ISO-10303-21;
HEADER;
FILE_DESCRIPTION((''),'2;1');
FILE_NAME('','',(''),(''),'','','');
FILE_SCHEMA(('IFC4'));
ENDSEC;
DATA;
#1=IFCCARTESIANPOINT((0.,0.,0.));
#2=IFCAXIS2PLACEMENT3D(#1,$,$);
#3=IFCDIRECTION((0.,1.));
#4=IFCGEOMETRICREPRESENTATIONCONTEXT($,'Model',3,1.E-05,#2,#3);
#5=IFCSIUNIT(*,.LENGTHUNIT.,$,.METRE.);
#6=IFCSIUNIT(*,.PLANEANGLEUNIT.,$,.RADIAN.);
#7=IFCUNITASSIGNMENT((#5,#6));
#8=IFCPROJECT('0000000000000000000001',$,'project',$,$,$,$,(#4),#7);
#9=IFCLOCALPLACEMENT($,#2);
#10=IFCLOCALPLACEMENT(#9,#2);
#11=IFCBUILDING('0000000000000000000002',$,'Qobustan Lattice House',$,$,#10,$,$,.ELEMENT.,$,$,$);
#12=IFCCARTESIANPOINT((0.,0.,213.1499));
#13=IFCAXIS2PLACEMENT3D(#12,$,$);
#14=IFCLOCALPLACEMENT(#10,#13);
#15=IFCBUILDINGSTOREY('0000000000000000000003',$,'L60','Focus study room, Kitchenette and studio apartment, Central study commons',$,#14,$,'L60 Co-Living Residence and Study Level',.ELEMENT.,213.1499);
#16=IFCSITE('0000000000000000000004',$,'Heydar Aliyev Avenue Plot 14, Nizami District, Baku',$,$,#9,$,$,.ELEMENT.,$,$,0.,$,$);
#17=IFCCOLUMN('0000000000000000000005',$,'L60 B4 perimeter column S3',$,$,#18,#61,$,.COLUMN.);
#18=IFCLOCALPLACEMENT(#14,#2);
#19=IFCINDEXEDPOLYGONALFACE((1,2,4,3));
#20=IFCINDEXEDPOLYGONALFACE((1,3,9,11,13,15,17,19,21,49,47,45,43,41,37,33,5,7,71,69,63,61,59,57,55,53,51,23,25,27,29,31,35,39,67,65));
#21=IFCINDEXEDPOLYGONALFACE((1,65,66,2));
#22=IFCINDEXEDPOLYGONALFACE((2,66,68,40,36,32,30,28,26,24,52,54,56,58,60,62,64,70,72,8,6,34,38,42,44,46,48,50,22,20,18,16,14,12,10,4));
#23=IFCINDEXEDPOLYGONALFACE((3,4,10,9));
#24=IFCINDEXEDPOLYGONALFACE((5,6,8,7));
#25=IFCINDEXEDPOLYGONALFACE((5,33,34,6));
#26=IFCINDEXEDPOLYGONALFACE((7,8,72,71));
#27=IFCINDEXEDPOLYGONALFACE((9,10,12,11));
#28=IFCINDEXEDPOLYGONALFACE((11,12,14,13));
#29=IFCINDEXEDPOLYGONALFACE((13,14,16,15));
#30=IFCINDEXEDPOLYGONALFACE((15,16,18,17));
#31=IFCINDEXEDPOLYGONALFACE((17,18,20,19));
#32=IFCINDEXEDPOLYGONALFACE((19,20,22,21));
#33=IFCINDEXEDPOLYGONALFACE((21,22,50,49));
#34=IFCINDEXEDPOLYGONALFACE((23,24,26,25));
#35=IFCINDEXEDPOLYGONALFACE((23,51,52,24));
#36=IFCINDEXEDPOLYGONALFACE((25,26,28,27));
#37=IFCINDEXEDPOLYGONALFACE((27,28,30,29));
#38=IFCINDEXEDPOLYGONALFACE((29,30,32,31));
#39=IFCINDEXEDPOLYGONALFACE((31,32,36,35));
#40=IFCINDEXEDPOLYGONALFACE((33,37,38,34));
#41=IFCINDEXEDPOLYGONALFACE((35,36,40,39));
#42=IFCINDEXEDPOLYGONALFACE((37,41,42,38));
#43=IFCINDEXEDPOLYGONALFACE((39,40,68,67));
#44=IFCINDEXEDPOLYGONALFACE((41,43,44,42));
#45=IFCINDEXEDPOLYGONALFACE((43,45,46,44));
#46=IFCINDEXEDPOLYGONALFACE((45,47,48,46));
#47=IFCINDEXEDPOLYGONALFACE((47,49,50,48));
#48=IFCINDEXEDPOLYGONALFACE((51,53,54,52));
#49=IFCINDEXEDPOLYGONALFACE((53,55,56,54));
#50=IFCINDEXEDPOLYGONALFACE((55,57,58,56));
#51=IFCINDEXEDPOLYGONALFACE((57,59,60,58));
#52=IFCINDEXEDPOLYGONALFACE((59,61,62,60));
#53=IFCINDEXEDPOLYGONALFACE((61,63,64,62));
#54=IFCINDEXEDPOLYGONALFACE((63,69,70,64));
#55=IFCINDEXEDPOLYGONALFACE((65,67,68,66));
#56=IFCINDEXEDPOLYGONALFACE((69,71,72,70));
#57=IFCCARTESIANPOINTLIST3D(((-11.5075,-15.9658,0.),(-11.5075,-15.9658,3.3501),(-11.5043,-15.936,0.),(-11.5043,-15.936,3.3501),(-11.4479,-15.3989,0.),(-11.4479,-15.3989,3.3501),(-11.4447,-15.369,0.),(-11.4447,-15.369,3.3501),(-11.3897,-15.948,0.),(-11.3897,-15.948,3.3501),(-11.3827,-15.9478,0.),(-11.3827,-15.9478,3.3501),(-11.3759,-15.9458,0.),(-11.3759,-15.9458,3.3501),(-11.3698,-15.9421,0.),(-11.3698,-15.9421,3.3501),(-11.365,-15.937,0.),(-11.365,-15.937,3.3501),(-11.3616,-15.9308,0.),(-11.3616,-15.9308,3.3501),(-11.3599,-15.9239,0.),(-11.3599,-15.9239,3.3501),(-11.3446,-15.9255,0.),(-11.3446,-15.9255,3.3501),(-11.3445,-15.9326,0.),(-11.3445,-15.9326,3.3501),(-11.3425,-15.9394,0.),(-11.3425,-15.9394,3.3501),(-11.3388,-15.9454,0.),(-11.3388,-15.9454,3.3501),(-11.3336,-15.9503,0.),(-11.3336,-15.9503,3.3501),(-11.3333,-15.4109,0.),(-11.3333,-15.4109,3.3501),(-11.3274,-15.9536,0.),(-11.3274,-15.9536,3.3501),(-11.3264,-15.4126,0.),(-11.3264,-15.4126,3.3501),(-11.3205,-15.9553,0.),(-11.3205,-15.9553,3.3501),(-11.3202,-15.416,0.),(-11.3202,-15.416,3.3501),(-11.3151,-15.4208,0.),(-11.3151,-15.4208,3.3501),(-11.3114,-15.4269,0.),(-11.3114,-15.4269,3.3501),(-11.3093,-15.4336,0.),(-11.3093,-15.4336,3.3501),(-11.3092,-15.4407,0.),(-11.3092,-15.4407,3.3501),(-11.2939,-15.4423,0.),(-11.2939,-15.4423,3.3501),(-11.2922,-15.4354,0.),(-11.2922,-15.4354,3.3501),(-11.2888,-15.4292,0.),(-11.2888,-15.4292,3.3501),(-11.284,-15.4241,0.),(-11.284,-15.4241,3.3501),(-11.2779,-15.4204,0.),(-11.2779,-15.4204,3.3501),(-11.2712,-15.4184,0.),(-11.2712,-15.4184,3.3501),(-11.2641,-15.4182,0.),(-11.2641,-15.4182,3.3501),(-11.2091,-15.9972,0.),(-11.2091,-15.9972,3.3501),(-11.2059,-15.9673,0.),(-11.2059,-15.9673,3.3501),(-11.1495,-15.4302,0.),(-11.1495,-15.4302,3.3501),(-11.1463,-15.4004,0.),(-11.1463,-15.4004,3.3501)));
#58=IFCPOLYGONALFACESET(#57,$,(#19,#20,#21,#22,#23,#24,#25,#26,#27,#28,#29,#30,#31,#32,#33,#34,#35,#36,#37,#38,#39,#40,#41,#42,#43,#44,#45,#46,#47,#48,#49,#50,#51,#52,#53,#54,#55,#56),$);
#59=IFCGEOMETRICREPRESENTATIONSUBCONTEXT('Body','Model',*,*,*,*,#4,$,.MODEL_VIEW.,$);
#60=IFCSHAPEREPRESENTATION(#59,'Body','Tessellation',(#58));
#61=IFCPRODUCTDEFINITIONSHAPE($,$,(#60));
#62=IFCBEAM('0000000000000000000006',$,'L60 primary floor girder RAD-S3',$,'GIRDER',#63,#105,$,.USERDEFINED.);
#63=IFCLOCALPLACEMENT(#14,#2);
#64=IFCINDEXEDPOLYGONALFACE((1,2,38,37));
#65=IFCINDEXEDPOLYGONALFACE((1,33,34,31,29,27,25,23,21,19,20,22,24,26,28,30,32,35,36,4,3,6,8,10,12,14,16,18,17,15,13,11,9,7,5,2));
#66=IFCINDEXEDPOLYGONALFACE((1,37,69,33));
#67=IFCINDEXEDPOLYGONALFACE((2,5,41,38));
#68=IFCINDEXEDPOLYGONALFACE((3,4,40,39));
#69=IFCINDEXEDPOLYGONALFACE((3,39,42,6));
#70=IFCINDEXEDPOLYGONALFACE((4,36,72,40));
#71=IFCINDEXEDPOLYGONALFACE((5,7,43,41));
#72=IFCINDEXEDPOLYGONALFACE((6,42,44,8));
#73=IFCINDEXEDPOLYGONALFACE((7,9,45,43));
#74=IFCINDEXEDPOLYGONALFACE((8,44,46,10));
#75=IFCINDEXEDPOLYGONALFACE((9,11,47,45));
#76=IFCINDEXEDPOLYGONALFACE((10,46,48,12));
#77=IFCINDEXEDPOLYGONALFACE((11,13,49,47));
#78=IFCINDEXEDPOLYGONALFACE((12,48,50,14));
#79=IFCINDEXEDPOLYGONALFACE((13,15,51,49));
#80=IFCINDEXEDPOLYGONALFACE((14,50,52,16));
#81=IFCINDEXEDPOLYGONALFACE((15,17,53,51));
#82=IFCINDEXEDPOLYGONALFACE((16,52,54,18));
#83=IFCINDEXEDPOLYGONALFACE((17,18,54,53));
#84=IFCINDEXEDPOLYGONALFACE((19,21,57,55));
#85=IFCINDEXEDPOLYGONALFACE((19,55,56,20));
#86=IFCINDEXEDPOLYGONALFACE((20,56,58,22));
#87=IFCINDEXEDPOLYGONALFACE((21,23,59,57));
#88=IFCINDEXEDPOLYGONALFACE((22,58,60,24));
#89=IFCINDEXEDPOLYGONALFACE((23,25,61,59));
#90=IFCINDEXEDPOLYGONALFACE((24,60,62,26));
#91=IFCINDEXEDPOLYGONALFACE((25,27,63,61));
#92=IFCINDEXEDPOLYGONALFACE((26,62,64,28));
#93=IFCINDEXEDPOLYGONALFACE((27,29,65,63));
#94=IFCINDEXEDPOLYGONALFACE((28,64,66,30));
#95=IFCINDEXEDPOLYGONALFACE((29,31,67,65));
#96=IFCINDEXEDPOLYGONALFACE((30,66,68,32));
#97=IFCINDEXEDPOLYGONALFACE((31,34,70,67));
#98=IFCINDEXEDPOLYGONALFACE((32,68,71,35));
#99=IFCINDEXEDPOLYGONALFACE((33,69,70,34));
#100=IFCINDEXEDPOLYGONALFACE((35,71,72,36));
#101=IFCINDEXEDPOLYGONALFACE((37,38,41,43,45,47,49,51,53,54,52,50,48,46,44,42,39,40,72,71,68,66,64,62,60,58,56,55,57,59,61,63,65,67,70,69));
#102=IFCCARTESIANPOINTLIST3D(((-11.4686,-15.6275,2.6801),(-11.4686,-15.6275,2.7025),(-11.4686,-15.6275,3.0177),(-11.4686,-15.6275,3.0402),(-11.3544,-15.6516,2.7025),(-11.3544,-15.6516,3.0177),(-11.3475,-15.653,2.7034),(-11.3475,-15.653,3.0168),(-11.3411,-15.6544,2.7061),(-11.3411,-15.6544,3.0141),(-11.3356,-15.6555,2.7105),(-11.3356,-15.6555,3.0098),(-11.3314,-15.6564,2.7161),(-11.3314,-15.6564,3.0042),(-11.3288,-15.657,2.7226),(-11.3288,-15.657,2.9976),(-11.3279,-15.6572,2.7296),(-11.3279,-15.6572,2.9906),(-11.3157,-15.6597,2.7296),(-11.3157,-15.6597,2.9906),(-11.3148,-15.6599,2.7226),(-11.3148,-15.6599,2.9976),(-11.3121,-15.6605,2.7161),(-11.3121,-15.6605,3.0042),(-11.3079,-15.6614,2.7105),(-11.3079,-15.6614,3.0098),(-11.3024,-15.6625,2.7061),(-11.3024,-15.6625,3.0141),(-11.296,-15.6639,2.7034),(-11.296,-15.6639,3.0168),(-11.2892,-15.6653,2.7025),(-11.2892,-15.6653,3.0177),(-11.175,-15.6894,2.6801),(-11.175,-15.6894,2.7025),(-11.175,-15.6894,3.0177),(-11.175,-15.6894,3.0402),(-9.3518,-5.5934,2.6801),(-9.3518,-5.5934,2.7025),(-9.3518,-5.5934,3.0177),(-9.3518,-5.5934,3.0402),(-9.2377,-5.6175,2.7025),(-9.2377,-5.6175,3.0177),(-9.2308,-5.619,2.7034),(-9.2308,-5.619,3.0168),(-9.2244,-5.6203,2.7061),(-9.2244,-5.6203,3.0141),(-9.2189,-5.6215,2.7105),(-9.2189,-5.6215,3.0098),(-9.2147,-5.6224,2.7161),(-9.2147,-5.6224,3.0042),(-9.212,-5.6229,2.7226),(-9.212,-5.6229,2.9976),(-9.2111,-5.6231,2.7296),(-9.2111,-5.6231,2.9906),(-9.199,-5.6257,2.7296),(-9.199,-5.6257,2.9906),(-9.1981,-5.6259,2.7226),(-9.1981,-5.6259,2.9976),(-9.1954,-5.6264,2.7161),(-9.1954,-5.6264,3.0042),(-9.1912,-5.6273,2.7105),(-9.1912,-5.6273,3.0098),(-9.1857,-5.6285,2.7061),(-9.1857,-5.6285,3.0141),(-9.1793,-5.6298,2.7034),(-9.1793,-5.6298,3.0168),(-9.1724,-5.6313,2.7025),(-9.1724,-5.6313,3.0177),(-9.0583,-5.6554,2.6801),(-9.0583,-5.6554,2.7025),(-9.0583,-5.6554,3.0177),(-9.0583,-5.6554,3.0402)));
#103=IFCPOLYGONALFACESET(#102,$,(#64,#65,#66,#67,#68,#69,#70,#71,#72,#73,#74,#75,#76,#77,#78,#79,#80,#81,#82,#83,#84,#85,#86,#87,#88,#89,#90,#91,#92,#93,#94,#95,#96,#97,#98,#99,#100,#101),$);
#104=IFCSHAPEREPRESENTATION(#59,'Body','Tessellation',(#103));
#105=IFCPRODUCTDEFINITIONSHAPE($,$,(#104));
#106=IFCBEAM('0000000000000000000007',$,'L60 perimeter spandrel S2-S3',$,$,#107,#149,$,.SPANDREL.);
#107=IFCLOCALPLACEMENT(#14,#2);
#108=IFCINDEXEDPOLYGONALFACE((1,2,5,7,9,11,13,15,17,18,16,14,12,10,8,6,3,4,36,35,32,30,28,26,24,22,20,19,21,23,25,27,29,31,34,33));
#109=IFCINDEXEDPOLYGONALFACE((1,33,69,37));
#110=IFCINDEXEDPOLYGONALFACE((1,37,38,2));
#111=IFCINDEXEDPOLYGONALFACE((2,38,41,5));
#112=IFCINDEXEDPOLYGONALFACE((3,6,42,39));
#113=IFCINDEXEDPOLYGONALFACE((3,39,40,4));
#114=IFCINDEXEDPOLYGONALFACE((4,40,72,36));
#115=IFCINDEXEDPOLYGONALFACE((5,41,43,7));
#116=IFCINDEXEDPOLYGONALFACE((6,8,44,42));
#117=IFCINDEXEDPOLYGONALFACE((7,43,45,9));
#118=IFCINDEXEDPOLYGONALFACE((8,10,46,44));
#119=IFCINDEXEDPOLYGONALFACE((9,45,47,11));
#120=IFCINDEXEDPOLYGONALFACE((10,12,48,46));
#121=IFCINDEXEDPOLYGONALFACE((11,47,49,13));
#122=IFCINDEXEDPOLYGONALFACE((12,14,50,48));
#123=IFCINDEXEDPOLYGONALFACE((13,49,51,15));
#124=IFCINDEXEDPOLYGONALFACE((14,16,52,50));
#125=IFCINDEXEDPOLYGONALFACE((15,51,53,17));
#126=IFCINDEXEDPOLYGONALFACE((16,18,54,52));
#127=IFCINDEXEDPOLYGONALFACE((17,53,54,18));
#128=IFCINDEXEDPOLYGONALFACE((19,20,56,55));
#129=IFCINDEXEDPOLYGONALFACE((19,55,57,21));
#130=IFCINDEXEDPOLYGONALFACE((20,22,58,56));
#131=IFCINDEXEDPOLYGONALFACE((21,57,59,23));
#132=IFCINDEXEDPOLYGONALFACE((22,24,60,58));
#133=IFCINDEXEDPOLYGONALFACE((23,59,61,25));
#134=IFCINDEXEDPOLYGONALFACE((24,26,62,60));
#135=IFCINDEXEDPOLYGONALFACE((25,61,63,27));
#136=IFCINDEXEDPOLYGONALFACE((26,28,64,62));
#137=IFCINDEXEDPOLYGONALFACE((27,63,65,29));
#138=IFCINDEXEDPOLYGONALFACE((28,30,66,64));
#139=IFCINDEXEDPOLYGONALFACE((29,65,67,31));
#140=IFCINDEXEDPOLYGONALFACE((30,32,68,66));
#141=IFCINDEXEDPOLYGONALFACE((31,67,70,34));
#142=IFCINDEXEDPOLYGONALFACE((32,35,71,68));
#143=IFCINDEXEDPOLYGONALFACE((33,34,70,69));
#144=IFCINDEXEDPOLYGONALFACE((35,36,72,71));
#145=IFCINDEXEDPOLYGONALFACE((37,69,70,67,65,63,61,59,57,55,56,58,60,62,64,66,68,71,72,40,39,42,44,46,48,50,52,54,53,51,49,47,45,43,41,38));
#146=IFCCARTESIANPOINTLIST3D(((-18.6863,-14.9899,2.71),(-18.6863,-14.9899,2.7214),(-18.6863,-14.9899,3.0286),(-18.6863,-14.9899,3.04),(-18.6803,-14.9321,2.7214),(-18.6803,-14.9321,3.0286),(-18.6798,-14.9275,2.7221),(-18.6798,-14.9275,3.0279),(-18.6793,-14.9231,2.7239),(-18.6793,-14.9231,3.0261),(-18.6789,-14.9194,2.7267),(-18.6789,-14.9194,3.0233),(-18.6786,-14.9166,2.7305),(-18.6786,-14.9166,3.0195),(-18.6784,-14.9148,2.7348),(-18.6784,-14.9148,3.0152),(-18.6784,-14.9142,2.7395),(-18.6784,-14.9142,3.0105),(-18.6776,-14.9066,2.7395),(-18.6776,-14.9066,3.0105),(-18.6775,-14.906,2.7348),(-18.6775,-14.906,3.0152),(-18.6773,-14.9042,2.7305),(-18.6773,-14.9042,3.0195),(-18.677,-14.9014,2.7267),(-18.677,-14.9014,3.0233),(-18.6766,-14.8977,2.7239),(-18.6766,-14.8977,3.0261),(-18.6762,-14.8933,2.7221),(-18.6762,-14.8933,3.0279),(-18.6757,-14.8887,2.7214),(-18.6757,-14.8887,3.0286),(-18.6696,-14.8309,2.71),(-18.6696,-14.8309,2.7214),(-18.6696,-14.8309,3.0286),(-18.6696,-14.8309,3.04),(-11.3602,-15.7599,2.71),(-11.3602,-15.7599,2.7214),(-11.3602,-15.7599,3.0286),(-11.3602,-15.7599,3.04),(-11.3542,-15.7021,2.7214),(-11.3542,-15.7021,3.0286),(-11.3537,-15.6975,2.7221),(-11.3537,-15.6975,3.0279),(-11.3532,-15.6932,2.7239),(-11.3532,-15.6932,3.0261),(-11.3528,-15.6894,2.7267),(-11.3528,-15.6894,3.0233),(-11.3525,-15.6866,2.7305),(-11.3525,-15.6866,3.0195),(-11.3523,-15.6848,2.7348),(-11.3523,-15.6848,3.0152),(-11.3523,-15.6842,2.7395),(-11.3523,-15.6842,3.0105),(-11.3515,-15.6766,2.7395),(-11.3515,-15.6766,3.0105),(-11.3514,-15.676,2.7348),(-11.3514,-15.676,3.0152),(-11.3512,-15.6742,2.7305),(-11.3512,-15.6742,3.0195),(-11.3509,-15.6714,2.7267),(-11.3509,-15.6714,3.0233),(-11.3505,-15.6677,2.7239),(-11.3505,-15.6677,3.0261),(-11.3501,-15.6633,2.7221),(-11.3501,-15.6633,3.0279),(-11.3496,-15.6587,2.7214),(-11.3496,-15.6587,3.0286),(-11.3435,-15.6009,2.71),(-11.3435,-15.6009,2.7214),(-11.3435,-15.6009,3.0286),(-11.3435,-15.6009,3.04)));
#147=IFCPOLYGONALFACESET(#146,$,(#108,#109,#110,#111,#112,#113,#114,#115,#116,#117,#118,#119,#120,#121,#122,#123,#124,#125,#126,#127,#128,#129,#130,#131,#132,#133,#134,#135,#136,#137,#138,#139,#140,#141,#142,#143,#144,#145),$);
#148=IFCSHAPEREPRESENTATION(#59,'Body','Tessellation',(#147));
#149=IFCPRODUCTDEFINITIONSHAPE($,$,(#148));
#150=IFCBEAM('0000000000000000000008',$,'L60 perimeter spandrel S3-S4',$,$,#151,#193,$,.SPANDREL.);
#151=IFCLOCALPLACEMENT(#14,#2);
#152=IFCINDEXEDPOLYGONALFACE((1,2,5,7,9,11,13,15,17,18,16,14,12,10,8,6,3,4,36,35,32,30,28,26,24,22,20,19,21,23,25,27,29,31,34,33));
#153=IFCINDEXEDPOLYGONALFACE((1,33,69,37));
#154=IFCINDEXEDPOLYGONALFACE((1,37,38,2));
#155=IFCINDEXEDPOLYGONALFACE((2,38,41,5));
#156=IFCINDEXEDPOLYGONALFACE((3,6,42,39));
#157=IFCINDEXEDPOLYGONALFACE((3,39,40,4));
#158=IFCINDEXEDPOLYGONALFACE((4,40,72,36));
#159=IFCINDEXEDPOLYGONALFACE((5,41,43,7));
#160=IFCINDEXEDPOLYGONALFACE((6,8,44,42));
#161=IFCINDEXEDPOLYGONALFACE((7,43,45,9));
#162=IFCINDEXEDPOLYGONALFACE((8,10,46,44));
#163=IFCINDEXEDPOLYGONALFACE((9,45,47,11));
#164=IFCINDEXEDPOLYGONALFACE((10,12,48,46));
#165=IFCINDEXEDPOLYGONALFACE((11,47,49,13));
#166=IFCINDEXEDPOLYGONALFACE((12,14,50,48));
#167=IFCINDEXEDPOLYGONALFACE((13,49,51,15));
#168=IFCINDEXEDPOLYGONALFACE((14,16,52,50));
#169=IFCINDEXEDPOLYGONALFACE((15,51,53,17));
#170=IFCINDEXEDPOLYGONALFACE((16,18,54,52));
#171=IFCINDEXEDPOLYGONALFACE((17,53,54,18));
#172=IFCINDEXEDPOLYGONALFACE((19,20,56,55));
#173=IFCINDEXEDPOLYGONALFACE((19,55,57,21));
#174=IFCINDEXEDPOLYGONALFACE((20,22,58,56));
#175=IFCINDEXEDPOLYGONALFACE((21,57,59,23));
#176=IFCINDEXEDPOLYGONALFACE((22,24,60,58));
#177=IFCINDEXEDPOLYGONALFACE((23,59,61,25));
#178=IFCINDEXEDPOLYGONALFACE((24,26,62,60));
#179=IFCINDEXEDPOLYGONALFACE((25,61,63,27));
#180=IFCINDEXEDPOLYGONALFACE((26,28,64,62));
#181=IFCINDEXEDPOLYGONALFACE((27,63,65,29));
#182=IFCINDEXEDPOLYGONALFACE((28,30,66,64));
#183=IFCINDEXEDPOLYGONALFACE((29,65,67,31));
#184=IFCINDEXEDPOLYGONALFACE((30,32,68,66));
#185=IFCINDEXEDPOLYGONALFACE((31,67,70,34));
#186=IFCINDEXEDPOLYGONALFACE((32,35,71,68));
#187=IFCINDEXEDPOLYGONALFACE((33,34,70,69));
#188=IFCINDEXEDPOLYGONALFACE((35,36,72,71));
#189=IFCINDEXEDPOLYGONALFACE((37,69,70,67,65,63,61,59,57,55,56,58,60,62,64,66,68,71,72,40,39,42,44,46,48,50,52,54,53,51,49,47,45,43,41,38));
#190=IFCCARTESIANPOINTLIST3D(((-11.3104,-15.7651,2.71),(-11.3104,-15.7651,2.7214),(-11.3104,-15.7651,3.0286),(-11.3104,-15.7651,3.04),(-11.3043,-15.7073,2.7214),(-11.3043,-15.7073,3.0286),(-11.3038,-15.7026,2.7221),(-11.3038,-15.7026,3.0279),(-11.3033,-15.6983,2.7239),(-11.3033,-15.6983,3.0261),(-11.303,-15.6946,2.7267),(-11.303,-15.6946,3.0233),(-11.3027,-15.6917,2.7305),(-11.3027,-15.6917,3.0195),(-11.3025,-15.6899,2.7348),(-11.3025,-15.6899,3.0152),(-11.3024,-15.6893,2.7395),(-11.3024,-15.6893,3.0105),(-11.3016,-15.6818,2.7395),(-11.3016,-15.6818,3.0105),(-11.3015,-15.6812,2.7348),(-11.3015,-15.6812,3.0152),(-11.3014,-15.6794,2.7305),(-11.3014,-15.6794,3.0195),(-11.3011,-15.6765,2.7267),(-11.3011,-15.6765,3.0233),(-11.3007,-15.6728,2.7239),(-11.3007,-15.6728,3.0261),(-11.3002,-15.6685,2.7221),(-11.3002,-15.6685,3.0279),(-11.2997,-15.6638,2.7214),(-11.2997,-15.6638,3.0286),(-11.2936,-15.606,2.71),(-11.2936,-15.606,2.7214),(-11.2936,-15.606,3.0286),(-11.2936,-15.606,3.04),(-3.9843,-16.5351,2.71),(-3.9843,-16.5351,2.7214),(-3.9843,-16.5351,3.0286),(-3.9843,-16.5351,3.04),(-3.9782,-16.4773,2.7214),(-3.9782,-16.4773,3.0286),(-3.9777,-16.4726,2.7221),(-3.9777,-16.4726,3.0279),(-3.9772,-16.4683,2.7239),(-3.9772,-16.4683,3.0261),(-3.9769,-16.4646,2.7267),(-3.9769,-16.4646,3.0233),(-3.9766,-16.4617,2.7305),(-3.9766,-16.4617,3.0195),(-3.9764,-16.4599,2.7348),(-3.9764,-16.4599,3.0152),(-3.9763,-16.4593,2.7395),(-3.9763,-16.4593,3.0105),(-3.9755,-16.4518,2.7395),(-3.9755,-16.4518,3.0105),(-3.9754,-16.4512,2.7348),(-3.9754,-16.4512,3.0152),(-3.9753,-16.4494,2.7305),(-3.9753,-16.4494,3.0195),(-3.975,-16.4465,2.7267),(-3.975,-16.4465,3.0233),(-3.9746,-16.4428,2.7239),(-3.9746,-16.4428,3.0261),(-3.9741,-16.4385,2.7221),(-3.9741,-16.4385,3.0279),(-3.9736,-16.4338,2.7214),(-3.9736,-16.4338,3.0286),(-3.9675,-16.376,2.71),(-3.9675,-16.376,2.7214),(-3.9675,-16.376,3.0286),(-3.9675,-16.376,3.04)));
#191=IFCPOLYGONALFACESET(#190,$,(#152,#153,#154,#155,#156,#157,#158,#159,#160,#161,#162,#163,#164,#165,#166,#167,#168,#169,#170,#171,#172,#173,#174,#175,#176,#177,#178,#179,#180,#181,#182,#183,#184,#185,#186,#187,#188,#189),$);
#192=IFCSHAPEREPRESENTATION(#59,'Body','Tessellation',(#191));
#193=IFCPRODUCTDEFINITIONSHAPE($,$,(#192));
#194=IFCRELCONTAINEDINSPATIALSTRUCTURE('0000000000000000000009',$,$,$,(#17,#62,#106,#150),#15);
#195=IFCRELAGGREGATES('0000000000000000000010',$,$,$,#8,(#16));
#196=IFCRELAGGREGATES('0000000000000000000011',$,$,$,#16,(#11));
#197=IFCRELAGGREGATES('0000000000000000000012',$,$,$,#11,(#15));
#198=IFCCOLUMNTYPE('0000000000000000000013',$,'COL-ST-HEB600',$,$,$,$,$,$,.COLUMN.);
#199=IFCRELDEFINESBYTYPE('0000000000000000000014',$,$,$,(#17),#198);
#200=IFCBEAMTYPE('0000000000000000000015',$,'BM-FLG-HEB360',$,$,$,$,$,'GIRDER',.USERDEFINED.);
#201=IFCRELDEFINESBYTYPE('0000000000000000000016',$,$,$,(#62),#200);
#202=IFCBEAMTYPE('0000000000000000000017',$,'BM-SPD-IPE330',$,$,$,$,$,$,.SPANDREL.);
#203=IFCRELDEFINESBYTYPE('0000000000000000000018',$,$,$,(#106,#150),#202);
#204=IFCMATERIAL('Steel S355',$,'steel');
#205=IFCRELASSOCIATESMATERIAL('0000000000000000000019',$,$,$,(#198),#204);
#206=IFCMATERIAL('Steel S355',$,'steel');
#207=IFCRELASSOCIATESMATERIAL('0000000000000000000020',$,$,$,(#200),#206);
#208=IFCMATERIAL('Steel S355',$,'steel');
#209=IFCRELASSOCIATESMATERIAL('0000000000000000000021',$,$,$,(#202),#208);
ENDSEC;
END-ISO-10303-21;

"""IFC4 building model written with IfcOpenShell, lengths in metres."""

from ifc_helpers import new_model, si_unit, direction, frame, origin, origin_2d, place, context, subcontext, project, spatial, i_section, extrude, material, material_profile, profile_set, type_object, element, save


model = new_model("IFC4")

# Units and contexts
model_context = context("Model", 3, precision=1e-05, world=origin(), true_north=direction((0.0, 1.0)))
body_context = subcontext(model_context, "Body", "Model", "MODEL_VIEW")
ifc_project = project(units=[si_unit("LENGTHUNIT", "METRE"), si_unit("PLANEANGLEUNIT", "RADIAN")], contexts=[model_context])

# Site, building, storey
site_placement = place(None, origin())
site = spatial("IfcSite", under=ifc_project, at=site_placement, Name="Heydar Aliyev Avenue Plot 14, Nizami District, Baku", CompositionType="ELEMENT", RefElevation=0.0)
building_placement = place(site_placement, origin())
building = spatial("IfcBuilding", under=site, at=building_placement, Name="Qobustan Lattice House", CompositionType="ELEMENT")
storey_placement = place(building_placement, frame((0.0, 0.0, 213.1499)))
storey = spatial("IfcBuildingStorey", under=building, at=storey_placement, Name="L60", Description="Focus study room, Kitchenette and studio apartment, Central study commons", LongName="L60 Co-Living Residence and Study Level", CompositionType="ELEMENT", Elevation=213.1499)

# Column
ifc_material_1 = material(Name="Steel S355", Category="steel")
ifc_material_profile_1 = material_profile(ifc_material_1, i_section(OverallWidth=0.3, OverallDepth=0.6001, WebThickness=0.0154, FlangeThickness=0.03, FilletRadius=0.0271, at=origin_2d()), Name="HEB600")
ifc_profile_set_1 = profile_set([ifc_material_profile_1], Name="Steel S355")
column_type = type_object("IfcColumnType", Name="COL-ST-HEB600", PredefinedType="COLUMN", material=ifc_profile_set_1)
column_placement = place(storey_placement, frame((-11.3269, -15.6831, 0.0), z_axis=(0.0, 0.0, 1.0), x_axis=(0.994522, -0.104528, 0.0)))
element("IfcColumn", 1, at=column_placement, inside=storey, type_object=column_type, Name="L60 B4 perimeter column S3", PredefinedType="COLUMN", context=body_context, shape_type="SweptSolid", body=[
    extrude(i_section(OverallWidth=0.3, OverallDepth=0.6001, WebThickness=0.0154, FlangeThickness=0.03, FilletRadius=0.0271, at=origin_2d()), origin(), (0.0, 0.0, 1.0), 3.3501),
])

# Beams
ifc_material_2 = material(Name="Steel S355", Category="steel")
ifc_material_profile_2 = material_profile(ifc_material_2, i_section(OverallWidth=0.3, OverallDepth=0.3601, WebThickness=0.0125, FlangeThickness=0.0225, FilletRadius=0.0271, at=origin_2d()), Name="HEB360")
ifc_profile_set_2 = profile_set([ifc_material_profile_2], Name="Steel S355")
beam_type_1 = type_object("IfcBeamType", Name="BM-FLG-HEB360", ElementType="GIRDER", PredefinedType="USERDEFINED", material=ifc_profile_set_2)
beam_placement = place(storey_placement, frame((-11.3218, -15.6584, 2.8601), z_axis=(0.206411, 0.978465, 0.0), x_axis=(-0.978465, 0.206411, 0.0)))
element("IfcBeam", 2, at=beam_placement, inside=storey, type_object=beam_type_1, Name="L60 primary floor girder RAD-S3", ObjectType="GIRDER", PredefinedType="USERDEFINED", context=body_context, shape_type="SweptSolid", body=[
    extrude(i_section(OverallWidth=0.3, OverallDepth=0.3601, WebThickness=0.0125, FlangeThickness=0.0225, FilletRadius=0.0271, at=origin_2d()), origin(), (0.0, 0.0, 1.0), 10.2549),
])
ifc_material_3 = material(Name="Steel S355", Category="steel")
ifc_material_profile_3 = material_profile(ifc_material_3, i_section(OverallWidth=0.1599, OverallDepth=0.3301, WebThickness=0.0076, FlangeThickness=0.0115, FilletRadius=0.0181, at=origin_2d()), Name="IPE330")
ifc_profile_set_3 = profile_set([ifc_material_profile_3], Name="Steel S355")
beam_type_2 = type_object("IfcBeamType", Name="BM-SPD-IPE330", PredefinedType="SPANDREL", material=ifc_profile_set_3)
for number, where, z_axis, x_axis, name in (
    (3, (-18.678, -14.9104, 2.875), (0.994522, -0.10453, 0.0), (0.10453, 0.994522, 0.0), "L60 perimeter spandrel S2-S3"),
    (4, (-11.302, -15.6855, 2.875), (0.994522, -0.10453, 0.0), (0.10453, 0.994522, 0.0), "L60 perimeter spandrel S3-S4"),
):
    element("IfcBeam", number, at=place(storey_placement, frame(where, z_axis=z_axis, x_axis=x_axis)), inside=storey, type_object=beam_type_2, Name=name, PredefinedType="SPANDREL", context=body_context, shape_type="SweptSolid", body=[
        extrude(i_section(OverallWidth=0.1599, OverallDepth=0.3301, WebThickness=0.0076, FlangeThickness=0.0115, FilletRadius=0.0181, at=origin_2d()), origin(), (0.0, 0.0, 1.0), 7.3665),
    ])

save(model, "model.ifc")
